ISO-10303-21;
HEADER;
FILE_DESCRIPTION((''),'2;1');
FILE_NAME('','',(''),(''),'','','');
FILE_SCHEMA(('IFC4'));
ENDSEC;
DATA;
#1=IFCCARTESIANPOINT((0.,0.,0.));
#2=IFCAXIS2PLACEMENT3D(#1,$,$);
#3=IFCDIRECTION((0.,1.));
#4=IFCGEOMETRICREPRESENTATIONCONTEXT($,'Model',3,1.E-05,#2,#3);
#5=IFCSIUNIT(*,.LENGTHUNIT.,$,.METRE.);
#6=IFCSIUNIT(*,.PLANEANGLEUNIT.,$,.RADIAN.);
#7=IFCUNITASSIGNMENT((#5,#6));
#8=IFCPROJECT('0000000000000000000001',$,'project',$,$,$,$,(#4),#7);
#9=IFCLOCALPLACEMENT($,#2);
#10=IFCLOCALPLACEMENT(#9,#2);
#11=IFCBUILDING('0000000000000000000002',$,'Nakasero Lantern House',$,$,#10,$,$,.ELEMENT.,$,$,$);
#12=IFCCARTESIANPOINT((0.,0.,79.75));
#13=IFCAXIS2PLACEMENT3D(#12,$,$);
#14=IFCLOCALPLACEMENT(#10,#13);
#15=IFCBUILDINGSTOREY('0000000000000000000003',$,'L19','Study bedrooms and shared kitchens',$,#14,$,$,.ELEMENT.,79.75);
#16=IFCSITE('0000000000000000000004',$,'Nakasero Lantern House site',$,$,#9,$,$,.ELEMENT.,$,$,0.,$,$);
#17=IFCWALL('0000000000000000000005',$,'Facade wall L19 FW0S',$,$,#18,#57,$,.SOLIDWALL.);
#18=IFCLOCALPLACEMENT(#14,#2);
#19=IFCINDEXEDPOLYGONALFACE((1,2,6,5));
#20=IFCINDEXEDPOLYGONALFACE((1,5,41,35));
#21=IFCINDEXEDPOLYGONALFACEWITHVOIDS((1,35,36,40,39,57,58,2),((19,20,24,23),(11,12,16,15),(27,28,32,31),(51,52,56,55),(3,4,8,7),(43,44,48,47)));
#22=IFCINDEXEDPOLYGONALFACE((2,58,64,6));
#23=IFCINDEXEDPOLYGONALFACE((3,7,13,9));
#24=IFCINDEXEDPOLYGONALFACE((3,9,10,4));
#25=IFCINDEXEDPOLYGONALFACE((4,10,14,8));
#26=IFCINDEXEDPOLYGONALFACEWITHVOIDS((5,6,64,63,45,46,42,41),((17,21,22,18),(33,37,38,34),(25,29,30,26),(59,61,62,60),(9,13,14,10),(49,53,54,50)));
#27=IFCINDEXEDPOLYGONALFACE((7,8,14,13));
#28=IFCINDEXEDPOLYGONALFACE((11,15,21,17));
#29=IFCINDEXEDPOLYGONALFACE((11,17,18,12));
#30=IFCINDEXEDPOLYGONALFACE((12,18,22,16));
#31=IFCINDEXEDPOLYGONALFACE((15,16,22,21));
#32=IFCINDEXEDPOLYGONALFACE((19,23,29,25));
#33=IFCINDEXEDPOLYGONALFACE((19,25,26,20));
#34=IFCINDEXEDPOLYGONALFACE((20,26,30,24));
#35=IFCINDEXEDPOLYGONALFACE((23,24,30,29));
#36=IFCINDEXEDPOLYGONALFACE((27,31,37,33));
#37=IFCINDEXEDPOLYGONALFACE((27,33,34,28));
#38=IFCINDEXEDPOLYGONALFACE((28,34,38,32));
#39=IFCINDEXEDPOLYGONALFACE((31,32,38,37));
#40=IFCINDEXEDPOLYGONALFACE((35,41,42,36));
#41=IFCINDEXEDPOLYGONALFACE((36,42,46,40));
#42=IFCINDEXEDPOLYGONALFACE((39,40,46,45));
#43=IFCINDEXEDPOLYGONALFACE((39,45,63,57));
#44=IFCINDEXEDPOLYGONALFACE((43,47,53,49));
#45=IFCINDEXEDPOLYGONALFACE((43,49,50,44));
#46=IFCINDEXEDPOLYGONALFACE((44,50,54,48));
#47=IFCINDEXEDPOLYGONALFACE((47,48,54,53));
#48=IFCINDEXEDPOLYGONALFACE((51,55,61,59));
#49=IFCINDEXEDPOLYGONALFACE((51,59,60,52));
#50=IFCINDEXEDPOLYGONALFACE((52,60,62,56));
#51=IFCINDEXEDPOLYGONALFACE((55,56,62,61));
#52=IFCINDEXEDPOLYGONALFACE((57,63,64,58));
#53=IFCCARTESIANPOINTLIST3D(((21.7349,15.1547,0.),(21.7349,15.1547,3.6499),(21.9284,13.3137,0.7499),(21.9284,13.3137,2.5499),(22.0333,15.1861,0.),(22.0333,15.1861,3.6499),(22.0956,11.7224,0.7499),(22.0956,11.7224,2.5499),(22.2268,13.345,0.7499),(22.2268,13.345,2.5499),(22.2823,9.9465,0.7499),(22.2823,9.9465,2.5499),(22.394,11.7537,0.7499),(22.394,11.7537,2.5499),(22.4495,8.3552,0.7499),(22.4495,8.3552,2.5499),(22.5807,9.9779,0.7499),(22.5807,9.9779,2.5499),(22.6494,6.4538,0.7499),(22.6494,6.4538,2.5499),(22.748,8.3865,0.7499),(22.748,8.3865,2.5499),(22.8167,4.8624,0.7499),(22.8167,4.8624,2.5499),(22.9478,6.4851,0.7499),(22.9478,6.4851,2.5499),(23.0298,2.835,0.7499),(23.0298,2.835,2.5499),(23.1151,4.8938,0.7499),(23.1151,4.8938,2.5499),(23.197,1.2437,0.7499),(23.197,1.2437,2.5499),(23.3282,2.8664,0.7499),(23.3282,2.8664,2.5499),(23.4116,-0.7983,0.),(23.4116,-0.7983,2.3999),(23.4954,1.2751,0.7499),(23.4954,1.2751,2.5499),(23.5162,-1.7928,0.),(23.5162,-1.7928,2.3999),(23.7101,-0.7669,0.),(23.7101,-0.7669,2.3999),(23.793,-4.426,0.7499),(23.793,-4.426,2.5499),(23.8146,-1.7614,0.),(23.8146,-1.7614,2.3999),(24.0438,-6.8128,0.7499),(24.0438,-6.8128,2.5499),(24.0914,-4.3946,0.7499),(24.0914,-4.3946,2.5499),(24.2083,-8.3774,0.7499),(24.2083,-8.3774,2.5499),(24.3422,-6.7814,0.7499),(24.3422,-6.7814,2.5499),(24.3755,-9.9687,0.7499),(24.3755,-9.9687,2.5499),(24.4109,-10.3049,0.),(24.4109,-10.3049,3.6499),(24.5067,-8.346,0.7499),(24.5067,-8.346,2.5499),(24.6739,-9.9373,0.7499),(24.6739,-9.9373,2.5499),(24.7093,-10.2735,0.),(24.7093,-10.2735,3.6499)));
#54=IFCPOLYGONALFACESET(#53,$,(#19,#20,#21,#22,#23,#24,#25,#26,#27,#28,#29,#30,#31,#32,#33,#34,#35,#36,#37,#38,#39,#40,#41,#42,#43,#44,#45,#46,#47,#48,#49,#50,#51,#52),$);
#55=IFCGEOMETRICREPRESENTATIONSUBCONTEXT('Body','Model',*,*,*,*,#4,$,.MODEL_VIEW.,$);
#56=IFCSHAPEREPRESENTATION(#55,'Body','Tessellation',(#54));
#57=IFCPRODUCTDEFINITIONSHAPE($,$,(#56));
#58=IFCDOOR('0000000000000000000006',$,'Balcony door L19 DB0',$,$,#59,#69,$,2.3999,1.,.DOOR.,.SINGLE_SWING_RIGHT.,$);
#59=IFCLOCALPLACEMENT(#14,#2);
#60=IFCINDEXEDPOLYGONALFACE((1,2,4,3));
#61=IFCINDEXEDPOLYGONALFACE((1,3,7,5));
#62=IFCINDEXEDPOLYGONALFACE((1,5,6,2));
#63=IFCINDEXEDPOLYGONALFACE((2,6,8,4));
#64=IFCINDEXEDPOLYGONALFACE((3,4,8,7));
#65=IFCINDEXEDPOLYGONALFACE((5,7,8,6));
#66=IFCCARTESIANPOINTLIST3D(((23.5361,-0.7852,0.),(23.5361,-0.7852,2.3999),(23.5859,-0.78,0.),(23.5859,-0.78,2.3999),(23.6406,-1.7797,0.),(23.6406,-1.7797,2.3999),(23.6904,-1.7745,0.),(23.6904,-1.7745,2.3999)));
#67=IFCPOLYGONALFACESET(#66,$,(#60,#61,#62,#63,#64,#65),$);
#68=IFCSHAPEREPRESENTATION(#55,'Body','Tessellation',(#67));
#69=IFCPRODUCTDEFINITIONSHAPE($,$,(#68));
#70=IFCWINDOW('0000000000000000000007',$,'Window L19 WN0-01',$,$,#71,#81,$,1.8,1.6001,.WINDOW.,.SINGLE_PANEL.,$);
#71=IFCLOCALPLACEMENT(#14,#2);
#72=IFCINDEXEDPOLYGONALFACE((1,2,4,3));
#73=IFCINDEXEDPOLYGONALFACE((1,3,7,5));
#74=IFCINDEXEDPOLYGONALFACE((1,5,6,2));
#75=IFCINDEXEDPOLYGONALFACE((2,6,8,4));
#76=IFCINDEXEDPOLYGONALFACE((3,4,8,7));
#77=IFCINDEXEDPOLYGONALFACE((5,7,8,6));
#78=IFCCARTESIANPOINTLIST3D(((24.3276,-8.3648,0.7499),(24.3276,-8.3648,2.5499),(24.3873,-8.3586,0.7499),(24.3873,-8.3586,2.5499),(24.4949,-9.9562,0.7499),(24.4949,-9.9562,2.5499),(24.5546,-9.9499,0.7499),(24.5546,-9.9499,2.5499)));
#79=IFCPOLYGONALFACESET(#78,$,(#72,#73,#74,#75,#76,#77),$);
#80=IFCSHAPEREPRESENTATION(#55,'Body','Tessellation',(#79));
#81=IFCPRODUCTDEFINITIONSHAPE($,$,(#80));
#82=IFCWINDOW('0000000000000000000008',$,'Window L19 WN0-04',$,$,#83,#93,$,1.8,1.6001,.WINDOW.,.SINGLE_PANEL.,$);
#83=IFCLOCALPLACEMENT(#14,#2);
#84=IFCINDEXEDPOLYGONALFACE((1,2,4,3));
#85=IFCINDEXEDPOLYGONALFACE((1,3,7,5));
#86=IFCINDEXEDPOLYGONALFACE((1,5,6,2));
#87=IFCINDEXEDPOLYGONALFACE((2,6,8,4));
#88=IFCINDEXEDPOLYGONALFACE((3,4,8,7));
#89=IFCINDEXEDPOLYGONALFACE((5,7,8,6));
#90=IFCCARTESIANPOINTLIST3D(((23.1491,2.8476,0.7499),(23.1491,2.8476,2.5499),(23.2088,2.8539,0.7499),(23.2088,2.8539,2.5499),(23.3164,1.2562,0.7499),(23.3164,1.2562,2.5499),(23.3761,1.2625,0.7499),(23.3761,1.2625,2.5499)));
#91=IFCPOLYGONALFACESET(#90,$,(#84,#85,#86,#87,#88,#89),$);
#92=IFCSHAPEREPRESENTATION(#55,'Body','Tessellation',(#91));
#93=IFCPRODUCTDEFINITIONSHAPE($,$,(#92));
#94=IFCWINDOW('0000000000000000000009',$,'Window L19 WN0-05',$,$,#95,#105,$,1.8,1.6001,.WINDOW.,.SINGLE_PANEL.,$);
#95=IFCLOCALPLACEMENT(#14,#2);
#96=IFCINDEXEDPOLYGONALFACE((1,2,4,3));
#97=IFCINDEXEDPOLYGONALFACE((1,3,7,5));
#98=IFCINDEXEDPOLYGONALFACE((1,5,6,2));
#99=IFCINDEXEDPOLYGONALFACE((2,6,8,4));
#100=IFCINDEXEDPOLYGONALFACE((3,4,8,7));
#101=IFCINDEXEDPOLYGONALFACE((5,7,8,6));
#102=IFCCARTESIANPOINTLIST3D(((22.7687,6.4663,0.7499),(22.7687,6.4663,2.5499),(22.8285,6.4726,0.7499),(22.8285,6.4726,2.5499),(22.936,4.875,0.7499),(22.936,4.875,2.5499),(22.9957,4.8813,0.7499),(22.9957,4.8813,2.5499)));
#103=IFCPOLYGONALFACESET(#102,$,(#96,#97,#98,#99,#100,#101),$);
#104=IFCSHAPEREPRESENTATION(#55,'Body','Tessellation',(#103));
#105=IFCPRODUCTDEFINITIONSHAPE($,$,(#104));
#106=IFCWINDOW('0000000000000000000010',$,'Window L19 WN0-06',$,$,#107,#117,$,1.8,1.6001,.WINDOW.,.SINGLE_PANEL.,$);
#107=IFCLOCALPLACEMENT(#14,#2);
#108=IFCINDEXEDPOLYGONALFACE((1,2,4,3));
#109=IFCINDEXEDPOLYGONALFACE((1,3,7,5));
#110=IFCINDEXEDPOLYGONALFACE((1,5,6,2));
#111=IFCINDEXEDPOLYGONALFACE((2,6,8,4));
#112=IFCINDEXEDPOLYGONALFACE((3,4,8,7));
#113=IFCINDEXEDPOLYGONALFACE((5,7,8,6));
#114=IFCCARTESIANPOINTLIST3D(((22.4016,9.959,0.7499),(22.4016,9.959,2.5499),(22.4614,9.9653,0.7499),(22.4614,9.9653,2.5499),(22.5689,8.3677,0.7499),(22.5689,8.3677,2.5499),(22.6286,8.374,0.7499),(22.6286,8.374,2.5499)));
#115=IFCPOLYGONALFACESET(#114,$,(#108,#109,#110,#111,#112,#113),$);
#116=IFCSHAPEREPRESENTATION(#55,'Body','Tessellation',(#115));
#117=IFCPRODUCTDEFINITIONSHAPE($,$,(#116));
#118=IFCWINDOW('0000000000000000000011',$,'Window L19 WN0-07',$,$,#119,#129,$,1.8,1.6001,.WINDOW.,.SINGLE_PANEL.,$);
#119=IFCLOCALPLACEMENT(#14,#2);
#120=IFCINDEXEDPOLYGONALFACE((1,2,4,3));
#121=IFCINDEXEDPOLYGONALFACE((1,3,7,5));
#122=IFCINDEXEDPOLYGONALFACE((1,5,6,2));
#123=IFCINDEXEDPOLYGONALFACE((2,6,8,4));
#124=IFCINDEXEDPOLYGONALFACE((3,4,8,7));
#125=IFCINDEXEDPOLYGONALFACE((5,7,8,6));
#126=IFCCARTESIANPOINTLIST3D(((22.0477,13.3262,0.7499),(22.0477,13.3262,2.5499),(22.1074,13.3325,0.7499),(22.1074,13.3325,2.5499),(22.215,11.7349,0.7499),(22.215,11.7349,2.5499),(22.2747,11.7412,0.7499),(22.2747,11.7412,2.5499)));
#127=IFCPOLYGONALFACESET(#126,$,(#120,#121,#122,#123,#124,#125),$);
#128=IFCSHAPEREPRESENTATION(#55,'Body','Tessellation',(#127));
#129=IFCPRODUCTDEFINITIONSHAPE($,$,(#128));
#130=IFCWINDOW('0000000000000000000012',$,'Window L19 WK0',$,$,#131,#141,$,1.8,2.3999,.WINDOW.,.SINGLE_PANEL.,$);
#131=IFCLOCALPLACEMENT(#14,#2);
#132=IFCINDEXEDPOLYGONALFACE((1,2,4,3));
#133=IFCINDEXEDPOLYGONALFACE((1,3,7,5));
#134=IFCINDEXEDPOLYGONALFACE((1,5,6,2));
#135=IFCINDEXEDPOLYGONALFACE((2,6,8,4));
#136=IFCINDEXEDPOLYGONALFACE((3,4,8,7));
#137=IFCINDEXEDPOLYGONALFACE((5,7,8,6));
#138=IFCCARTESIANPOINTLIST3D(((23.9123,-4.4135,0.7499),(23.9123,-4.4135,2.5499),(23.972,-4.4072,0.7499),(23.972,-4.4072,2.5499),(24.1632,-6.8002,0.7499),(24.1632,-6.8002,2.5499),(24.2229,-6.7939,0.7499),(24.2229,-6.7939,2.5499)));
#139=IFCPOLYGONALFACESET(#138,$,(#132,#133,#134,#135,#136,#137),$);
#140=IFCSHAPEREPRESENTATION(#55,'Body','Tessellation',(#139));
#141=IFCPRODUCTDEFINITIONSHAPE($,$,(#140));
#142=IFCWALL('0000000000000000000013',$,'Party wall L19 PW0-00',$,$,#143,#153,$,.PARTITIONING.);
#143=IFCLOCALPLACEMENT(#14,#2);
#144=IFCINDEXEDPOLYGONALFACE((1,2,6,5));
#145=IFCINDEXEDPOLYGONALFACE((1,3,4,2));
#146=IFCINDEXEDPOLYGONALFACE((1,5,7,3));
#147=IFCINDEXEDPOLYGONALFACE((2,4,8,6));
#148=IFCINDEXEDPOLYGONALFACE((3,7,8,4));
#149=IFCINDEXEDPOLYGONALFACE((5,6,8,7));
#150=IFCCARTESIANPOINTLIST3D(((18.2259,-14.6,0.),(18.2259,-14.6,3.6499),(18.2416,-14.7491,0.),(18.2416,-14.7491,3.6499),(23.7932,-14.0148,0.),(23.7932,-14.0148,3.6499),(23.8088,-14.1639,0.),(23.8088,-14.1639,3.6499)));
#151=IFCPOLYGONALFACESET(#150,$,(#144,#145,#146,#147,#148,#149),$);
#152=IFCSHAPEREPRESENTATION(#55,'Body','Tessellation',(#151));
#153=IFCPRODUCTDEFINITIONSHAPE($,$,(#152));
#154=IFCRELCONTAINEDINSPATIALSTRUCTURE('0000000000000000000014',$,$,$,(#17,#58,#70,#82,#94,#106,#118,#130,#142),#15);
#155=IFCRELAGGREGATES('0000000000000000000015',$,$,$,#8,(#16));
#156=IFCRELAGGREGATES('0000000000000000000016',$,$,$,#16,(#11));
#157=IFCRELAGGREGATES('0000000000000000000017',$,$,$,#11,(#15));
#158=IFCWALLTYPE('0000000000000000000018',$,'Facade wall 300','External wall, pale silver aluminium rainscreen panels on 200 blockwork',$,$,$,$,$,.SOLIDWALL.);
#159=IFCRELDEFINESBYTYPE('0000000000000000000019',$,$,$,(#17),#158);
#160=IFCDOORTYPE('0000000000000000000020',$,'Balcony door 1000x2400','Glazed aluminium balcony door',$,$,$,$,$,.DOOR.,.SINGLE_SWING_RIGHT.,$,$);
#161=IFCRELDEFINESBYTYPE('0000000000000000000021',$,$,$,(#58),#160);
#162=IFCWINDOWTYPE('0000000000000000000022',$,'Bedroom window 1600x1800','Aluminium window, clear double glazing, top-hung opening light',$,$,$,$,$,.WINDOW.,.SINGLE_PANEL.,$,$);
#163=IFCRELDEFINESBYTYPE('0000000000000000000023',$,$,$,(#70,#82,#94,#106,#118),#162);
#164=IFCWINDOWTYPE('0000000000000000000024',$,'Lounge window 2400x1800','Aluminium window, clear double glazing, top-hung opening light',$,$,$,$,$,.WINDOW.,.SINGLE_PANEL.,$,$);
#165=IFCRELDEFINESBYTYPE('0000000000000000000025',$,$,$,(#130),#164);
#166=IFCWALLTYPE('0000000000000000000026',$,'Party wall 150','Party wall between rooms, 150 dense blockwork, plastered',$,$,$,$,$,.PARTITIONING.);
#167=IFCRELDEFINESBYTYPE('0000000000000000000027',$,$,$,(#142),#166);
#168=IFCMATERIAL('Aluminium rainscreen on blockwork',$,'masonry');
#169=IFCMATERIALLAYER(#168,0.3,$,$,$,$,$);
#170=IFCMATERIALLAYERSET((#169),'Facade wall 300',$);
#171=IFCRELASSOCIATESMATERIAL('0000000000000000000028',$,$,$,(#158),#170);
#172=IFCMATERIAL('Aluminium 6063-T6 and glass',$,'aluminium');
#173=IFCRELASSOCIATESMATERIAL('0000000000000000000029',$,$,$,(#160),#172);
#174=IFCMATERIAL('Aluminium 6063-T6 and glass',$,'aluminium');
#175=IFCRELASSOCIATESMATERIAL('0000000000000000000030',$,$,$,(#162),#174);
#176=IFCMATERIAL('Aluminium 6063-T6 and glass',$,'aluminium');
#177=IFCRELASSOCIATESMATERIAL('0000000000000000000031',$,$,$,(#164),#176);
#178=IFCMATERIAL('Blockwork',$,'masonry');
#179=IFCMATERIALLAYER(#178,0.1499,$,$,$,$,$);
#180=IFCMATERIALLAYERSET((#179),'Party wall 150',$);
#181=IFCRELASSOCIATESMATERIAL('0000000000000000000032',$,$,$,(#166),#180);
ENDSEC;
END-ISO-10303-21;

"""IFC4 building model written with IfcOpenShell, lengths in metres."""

from ifc_helpers import new_model, si_unit, direction, frame, frame_2d, origin, place, context, subcontext, project, spatial, rectangle, extrude, material, layer, layer_set, type_object, element, fill, save


model = new_model("IFC4")

# Units and contexts
model_context = context("Model", 3, precision=1e-05, world=origin(), true_north=direction((0.0, 1.0)))
body_context = subcontext(model_context, "Body", "Model", "MODEL_VIEW")
ifc_project = project(units=[si_unit("LENGTHUNIT", "METRE"), si_unit("PLANEANGLEUNIT", "RADIAN")], contexts=[model_context])

# Site, building, storey
site_placement = place(None, origin())
site = spatial("IfcSite", under=ifc_project, at=site_placement, Name="Nakasero Lantern House site", CompositionType="ELEMENT", RefElevation=0.0)
building_placement = place(site_placement, origin())
building = spatial("IfcBuilding", under=site, at=building_placement, Name="Nakasero Lantern House", CompositionType="ELEMENT")
storey_placement = place(building_placement, frame((0.0, 0.0, 79.75)))
storey = spatial("IfcBuildingStorey", under=building, at=storey_placement, Name="L19", Description="Study bedrooms and shared kitchens", CompositionType="ELEMENT", Elevation=79.75)

# Wall, openings, door, windows
ifc_material_1 = material(Name="Aluminium rainscreen on blockwork", Category="masonry")
ifc_layer_1 = layer(ifc_material_1, 0.3)
ifc_layer_set_1 = layer_set([ifc_layer_1], Name="Facade wall 300")
wall_type_1 = type_object("IfcWallType", Name="Facade wall 300", Description="External wall, pale silver aluminium rainscreen panels on 200 blockwork", PredefinedType="SOLIDWALL", material=ifc_layer_set_1)
wall_1_placement = place(storey_placement, frame((24.5601, -10.2891, 0.0), z_axis=(0.0, 0.0, 1.0), x_axis=(-0.104532, 0.994521, 0.0)))
wall_1 = element("IfcWall", 1, at=wall_1_placement, inside=storey, type_object=wall_type_1, Name="Facade wall L19 FW0S", PredefinedType="SOLIDWALL", context=body_context, shape_type="SweptSolid", body=[
    extrude(rectangle(XDim=25.5999, YDim=0.3, at=frame_2d((12.7998, 0.0))), origin(), (0.0, 0.0, 1.0), 3.6499),
])
opening_1_placement = place(wall_1_placement, frame((0.3379, 0.0, 0.75)))
opening_1 = element("IfcOpeningElement", 2, at=opening_1_placement, cuts=wall_1, PredefinedType="OPENING", context=body_context, shape_type="SweptSolid", body=[
    extrude(rectangle(XDim=1.6001, YDim=1.8, at=frame_2d((0.8, 0.8999))), frame((0.0, 0.1699, 0.0), z_axis=(0.0, -1.0, 0.0), x_axis=(1.0, 0.0, 0.0)), (0.0, 0.0, 1.0), 0.3401),
])
opening_2_placement = place(wall_1_placement, frame((11.6121, 0.0, 0.75)))
opening_2 = element("IfcOpeningElement", 3, at=opening_2_placement, cuts=wall_1, PredefinedType="OPENING", context=body_context, shape_type="SweptSolid", body=[
    extrude(rectangle(XDim=1.6001, YDim=1.8, at=frame_2d((0.8, 0.8999))), frame((0.0, 0.1699, 0.0), z_axis=(0.0, -1.0, 0.0), x_axis=(1.0, 0.0, 0.0)), (0.0, 0.0, 1.0), 0.3401),
])
opening_3_placement = place(wall_1_placement, frame((15.2507, 0.0, 0.75)))
opening_3 = element("IfcOpeningElement", 4, at=opening_3_placement, cuts=wall_1, PredefinedType="OPENING", context=body_context, shape_type="SweptSolid", body=[
    extrude(rectangle(XDim=1.6001, YDim=1.8, at=frame_2d((0.8, 0.8999))), frame((0.0, 0.1699, 0.0), z_axis=(0.0, -1.0, 0.0), x_axis=(1.0, 0.0, 0.0)), (0.0, 0.0, 1.0), 0.3401),
])
opening_4_placement = place(wall_1_placement, frame((18.7627, 0.0, 0.75)))
opening_4 = element("IfcOpeningElement", 5, at=opening_4_placement, cuts=wall_1, PredefinedType="OPENING", context=body_context, shape_type="SweptSolid", body=[
    extrude(rectangle(XDim=1.6001, YDim=1.8, at=frame_2d((0.8, 0.8999))), frame((0.0, 0.1699, 0.0), z_axis=(0.0, -1.0, 0.0), x_axis=(1.0, 0.0, 0.0)), (0.0, 0.0, 1.0), 0.3401),
])
opening_5_placement = place(wall_1_placement, frame((22.1484, 0.0, 0.75)))
opening_5 = element("IfcOpeningElement", 6, at=opening_5_placement, cuts=wall_1, PredefinedType="OPENING", context=body_context, shape_type="SweptSolid", body=[
    extrude(rectangle(XDim=1.6001, YDim=1.8, at=frame_2d((0.8, 0.8999))), frame((0.0, 0.1699, 0.0), z_axis=(0.0, -1.0, 0.0), x_axis=(1.0, 0.0, 0.0)), (0.0, 0.0, 1.0), 0.3401),
])
opening_6_placement = place(wall_1_placement, frame((3.5112, 0.0, 0.75)))
opening_6 = element("IfcOpeningElement", 7, at=opening_6_placement, cuts=wall_1, PredefinedType="OPENING", context=body_context, shape_type="SweptSolid", body=[
    extrude(rectangle(XDim=2.3999, YDim=1.8, at=frame_2d((1.2, 0.8999))), frame((0.0, 0.1699, 0.0), z_axis=(0.0, -1.0, 0.0), x_axis=(1.0, 0.0, 0.0)), (0.0, 0.0, 1.0), 0.3401),
])
opening_7_placement = place(wall_1_placement, frame((8.5588, 0.0, 0.0)))
opening_7 = element("IfcOpeningElement", 8, at=opening_7_placement, cuts=wall_1, PredefinedType="OPENING", context=body_context, shape_type="SweptSolid", body=[
    extrude(rectangle(XDim=1.0, YDim=2.3999, at=frame_2d((0.5, 1.2))), frame((0.0, 0.1699, 0.0), z_axis=(0.0, -1.0, 0.0), x_axis=(1.0, 0.0, 0.0)), (0.0, 0.0, 1.0), 0.3401),
])
ifc_material_2 = material(Name="Aluminium 6063-T6 and glass", Category="aluminium")
door_type_1 = type_object("IfcDoorType", Name="Balcony door 1000x2400", Description="Glazed aluminium balcony door", OperationType="SINGLE_SWING_RIGHT", PredefinedType="DOOR", material=ifc_material_2)
door_1_placement = place(opening_7_placement, origin())
door_1 = element("IfcDoor", 9, at=door_1_placement, inside=storey, type_object=door_type_1, Name="Balcony door L19 DB0", OperationType="SINGLE_SWING_RIGHT", OverallHeight=2.3999, OverallWidth=1.0, PredefinedType="DOOR", context=body_context, shape_type="SweptSolid", body=[
    extrude(rectangle(XDim=1.0, YDim=2.3999, at=frame_2d((0.5, 1.2))), frame((0.0, 0.0249, 0.0), z_axis=(0.0, -1.0, 0.0), x_axis=(1.0, 0.0, 0.0)), (0.0, 0.0, 1.0), 0.05),
])
fill(opening_7, door_1)
ifc_material_3 = material(Name="Aluminium 6063-T6 and glass", Category="aluminium")
window_type_1 = type_object("IfcWindowType", Name="Bedroom window 1600x1800", Description="Aluminium window, clear double glazing, top-hung opening light", PartitioningType="SINGLE_PANEL", PredefinedType="WINDOW", material=ifc_material_3)
window_1_placement = place(opening_1_placement, origin())
window_1 = element("IfcWindow", 10, at=window_1_placement, inside=storey, type_object=window_type_1, Name="Window L19 WN0-01", OverallHeight=1.8, OverallWidth=1.6001, PartitioningType="SINGLE_PANEL", PredefinedType="WINDOW", context=body_context, shape_type="SweptSolid", body=[
    extrude(rectangle(XDim=1.6001, YDim=1.8, at=frame_2d((0.8, 0.8999))), frame((0.0, 0.03, 0.0), z_axis=(0.0, -1.0, 0.0), x_axis=(1.0, 0.0, 0.0)), (0.0, 0.0, 1.0), 0.0601),
])
fill(opening_1, window_1)
window_2_placement = place(opening_2_placement, origin())
window_2 = element("IfcWindow", 11, at=window_2_placement, inside=storey, type_object=window_type_1, Name="Window L19 WN0-04", OverallHeight=1.8, OverallWidth=1.6001, PartitioningType="SINGLE_PANEL", PredefinedType="WINDOW", context=body_context, shape_type="SweptSolid", body=[
    extrude(rectangle(XDim=1.6001, YDim=1.8, at=frame_2d((0.8, 0.8999))), frame((0.0, 0.03, 0.0), z_axis=(0.0, -1.0, 0.0), x_axis=(1.0, 0.0, 0.0)), (0.0, 0.0, 1.0), 0.0601),
])
fill(opening_2, window_2)
window_3_placement = place(opening_3_placement, origin())
window_3 = element("IfcWindow", 12, at=window_3_placement, inside=storey, type_object=window_type_1, Name="Window L19 WN0-05", OverallHeight=1.8, OverallWidth=1.6001, PartitioningType="SINGLE_PANEL", PredefinedType="WINDOW", context=body_context, shape_type="SweptSolid", body=[
    extrude(rectangle(XDim=1.6001, YDim=1.8, at=frame_2d((0.8, 0.8999))), frame((0.0, 0.03, 0.0), z_axis=(0.0, -1.0, 0.0), x_axis=(1.0, 0.0, 0.0)), (0.0, 0.0, 1.0), 0.0601),
])
fill(opening_3, window_3)
window_4_placement = place(opening_4_placement, origin())
window_4 = element("IfcWindow", 13, at=window_4_placement, inside=storey, type_object=window_type_1, Name="Window L19 WN0-06", OverallHeight=1.8, OverallWidth=1.6001, PartitioningType="SINGLE_PANEL", PredefinedType="WINDOW", context=body_context, shape_type="SweptSolid", body=[
    extrude(rectangle(XDim=1.6001, YDim=1.8, at=frame_2d((0.8, 0.8999))), frame((0.0, 0.03, 0.0), z_axis=(0.0, -1.0, 0.0), x_axis=(1.0, 0.0, 0.0)), (0.0, 0.0, 1.0), 0.0601),
])
fill(opening_4, window_4)
window_5_placement = place(opening_5_placement, origin())
window_5 = element("IfcWindow", 14, at=window_5_placement, inside=storey, type_object=window_type_1, Name="Window L19 WN0-07", OverallHeight=1.8, OverallWidth=1.6001, PartitioningType="SINGLE_PANEL", PredefinedType="WINDOW", context=body_context, shape_type="SweptSolid", body=[
    extrude(rectangle(XDim=1.6001, YDim=1.8, at=frame_2d((0.8, 0.8999))), frame((0.0, 0.03, 0.0), z_axis=(0.0, -1.0, 0.0), x_axis=(1.0, 0.0, 0.0)), (0.0, 0.0, 1.0), 0.0601),
])
fill(opening_5, window_5)
ifc_material_4 = material(Name="Aluminium 6063-T6 and glass", Category="aluminium")
window_type_2 = type_object("IfcWindowType", Name="Lounge window 2400x1800", Description="Aluminium window, clear double glazing, top-hung opening light", PartitioningType="SINGLE_PANEL", PredefinedType="WINDOW", material=ifc_material_4)
window_6_placement = place(opening_6_placement, origin())
window_6 = element("IfcWindow", 15, at=window_6_placement, inside=storey, type_object=window_type_2, Name="Window L19 WK0", OverallHeight=1.8, OverallWidth=2.3999, PartitioningType="SINGLE_PANEL", PredefinedType="WINDOW", context=body_context, shape_type="SweptSolid", body=[
    extrude(rectangle(XDim=2.3999, YDim=1.8, at=frame_2d((1.2, 0.8999))), frame((0.0, 0.03, 0.0), z_axis=(0.0, -1.0, 0.0), x_axis=(1.0, 0.0, 0.0)), (0.0, 0.0, 1.0), 0.0601),
])
fill(opening_6, window_6)

# Wall
ifc_material_5 = material(Name="Blockwork", Category="masonry")
ifc_layer_2 = layer(ifc_material_5, 0.1499)
ifc_layer_set_2 = layer_set([ifc_layer_2], Name="Party wall 150")
wall_type_2 = type_object("IfcWallType", Name="Party wall 150", Description="Party wall between rooms, 150 dense blockwork, plastered", PredefinedType="PARTITIONING", material=ifc_layer_set_2)
wall_2_placement = place(storey_placement, frame((18.2339, -14.6746, 0.0), z_axis=(0.0, 0.0, 1.0), x_axis=(0.99452, 0.104542, 0.0)))
element("IfcWall", 16, at=wall_2_placement, inside=storey, type_object=wall_type_2, Name="Party wall L19 PW0-00", PredefinedType="PARTITIONING", context=body_context, shape_type="SweptSolid", body=[
    extrude(rectangle(XDim=5.5979, YDim=0.1499, at=frame_2d((2.7988, 0.0))), origin(), (0.0, 0.0, 1.0), 3.6499),
])

save(model, "model.ifc")
